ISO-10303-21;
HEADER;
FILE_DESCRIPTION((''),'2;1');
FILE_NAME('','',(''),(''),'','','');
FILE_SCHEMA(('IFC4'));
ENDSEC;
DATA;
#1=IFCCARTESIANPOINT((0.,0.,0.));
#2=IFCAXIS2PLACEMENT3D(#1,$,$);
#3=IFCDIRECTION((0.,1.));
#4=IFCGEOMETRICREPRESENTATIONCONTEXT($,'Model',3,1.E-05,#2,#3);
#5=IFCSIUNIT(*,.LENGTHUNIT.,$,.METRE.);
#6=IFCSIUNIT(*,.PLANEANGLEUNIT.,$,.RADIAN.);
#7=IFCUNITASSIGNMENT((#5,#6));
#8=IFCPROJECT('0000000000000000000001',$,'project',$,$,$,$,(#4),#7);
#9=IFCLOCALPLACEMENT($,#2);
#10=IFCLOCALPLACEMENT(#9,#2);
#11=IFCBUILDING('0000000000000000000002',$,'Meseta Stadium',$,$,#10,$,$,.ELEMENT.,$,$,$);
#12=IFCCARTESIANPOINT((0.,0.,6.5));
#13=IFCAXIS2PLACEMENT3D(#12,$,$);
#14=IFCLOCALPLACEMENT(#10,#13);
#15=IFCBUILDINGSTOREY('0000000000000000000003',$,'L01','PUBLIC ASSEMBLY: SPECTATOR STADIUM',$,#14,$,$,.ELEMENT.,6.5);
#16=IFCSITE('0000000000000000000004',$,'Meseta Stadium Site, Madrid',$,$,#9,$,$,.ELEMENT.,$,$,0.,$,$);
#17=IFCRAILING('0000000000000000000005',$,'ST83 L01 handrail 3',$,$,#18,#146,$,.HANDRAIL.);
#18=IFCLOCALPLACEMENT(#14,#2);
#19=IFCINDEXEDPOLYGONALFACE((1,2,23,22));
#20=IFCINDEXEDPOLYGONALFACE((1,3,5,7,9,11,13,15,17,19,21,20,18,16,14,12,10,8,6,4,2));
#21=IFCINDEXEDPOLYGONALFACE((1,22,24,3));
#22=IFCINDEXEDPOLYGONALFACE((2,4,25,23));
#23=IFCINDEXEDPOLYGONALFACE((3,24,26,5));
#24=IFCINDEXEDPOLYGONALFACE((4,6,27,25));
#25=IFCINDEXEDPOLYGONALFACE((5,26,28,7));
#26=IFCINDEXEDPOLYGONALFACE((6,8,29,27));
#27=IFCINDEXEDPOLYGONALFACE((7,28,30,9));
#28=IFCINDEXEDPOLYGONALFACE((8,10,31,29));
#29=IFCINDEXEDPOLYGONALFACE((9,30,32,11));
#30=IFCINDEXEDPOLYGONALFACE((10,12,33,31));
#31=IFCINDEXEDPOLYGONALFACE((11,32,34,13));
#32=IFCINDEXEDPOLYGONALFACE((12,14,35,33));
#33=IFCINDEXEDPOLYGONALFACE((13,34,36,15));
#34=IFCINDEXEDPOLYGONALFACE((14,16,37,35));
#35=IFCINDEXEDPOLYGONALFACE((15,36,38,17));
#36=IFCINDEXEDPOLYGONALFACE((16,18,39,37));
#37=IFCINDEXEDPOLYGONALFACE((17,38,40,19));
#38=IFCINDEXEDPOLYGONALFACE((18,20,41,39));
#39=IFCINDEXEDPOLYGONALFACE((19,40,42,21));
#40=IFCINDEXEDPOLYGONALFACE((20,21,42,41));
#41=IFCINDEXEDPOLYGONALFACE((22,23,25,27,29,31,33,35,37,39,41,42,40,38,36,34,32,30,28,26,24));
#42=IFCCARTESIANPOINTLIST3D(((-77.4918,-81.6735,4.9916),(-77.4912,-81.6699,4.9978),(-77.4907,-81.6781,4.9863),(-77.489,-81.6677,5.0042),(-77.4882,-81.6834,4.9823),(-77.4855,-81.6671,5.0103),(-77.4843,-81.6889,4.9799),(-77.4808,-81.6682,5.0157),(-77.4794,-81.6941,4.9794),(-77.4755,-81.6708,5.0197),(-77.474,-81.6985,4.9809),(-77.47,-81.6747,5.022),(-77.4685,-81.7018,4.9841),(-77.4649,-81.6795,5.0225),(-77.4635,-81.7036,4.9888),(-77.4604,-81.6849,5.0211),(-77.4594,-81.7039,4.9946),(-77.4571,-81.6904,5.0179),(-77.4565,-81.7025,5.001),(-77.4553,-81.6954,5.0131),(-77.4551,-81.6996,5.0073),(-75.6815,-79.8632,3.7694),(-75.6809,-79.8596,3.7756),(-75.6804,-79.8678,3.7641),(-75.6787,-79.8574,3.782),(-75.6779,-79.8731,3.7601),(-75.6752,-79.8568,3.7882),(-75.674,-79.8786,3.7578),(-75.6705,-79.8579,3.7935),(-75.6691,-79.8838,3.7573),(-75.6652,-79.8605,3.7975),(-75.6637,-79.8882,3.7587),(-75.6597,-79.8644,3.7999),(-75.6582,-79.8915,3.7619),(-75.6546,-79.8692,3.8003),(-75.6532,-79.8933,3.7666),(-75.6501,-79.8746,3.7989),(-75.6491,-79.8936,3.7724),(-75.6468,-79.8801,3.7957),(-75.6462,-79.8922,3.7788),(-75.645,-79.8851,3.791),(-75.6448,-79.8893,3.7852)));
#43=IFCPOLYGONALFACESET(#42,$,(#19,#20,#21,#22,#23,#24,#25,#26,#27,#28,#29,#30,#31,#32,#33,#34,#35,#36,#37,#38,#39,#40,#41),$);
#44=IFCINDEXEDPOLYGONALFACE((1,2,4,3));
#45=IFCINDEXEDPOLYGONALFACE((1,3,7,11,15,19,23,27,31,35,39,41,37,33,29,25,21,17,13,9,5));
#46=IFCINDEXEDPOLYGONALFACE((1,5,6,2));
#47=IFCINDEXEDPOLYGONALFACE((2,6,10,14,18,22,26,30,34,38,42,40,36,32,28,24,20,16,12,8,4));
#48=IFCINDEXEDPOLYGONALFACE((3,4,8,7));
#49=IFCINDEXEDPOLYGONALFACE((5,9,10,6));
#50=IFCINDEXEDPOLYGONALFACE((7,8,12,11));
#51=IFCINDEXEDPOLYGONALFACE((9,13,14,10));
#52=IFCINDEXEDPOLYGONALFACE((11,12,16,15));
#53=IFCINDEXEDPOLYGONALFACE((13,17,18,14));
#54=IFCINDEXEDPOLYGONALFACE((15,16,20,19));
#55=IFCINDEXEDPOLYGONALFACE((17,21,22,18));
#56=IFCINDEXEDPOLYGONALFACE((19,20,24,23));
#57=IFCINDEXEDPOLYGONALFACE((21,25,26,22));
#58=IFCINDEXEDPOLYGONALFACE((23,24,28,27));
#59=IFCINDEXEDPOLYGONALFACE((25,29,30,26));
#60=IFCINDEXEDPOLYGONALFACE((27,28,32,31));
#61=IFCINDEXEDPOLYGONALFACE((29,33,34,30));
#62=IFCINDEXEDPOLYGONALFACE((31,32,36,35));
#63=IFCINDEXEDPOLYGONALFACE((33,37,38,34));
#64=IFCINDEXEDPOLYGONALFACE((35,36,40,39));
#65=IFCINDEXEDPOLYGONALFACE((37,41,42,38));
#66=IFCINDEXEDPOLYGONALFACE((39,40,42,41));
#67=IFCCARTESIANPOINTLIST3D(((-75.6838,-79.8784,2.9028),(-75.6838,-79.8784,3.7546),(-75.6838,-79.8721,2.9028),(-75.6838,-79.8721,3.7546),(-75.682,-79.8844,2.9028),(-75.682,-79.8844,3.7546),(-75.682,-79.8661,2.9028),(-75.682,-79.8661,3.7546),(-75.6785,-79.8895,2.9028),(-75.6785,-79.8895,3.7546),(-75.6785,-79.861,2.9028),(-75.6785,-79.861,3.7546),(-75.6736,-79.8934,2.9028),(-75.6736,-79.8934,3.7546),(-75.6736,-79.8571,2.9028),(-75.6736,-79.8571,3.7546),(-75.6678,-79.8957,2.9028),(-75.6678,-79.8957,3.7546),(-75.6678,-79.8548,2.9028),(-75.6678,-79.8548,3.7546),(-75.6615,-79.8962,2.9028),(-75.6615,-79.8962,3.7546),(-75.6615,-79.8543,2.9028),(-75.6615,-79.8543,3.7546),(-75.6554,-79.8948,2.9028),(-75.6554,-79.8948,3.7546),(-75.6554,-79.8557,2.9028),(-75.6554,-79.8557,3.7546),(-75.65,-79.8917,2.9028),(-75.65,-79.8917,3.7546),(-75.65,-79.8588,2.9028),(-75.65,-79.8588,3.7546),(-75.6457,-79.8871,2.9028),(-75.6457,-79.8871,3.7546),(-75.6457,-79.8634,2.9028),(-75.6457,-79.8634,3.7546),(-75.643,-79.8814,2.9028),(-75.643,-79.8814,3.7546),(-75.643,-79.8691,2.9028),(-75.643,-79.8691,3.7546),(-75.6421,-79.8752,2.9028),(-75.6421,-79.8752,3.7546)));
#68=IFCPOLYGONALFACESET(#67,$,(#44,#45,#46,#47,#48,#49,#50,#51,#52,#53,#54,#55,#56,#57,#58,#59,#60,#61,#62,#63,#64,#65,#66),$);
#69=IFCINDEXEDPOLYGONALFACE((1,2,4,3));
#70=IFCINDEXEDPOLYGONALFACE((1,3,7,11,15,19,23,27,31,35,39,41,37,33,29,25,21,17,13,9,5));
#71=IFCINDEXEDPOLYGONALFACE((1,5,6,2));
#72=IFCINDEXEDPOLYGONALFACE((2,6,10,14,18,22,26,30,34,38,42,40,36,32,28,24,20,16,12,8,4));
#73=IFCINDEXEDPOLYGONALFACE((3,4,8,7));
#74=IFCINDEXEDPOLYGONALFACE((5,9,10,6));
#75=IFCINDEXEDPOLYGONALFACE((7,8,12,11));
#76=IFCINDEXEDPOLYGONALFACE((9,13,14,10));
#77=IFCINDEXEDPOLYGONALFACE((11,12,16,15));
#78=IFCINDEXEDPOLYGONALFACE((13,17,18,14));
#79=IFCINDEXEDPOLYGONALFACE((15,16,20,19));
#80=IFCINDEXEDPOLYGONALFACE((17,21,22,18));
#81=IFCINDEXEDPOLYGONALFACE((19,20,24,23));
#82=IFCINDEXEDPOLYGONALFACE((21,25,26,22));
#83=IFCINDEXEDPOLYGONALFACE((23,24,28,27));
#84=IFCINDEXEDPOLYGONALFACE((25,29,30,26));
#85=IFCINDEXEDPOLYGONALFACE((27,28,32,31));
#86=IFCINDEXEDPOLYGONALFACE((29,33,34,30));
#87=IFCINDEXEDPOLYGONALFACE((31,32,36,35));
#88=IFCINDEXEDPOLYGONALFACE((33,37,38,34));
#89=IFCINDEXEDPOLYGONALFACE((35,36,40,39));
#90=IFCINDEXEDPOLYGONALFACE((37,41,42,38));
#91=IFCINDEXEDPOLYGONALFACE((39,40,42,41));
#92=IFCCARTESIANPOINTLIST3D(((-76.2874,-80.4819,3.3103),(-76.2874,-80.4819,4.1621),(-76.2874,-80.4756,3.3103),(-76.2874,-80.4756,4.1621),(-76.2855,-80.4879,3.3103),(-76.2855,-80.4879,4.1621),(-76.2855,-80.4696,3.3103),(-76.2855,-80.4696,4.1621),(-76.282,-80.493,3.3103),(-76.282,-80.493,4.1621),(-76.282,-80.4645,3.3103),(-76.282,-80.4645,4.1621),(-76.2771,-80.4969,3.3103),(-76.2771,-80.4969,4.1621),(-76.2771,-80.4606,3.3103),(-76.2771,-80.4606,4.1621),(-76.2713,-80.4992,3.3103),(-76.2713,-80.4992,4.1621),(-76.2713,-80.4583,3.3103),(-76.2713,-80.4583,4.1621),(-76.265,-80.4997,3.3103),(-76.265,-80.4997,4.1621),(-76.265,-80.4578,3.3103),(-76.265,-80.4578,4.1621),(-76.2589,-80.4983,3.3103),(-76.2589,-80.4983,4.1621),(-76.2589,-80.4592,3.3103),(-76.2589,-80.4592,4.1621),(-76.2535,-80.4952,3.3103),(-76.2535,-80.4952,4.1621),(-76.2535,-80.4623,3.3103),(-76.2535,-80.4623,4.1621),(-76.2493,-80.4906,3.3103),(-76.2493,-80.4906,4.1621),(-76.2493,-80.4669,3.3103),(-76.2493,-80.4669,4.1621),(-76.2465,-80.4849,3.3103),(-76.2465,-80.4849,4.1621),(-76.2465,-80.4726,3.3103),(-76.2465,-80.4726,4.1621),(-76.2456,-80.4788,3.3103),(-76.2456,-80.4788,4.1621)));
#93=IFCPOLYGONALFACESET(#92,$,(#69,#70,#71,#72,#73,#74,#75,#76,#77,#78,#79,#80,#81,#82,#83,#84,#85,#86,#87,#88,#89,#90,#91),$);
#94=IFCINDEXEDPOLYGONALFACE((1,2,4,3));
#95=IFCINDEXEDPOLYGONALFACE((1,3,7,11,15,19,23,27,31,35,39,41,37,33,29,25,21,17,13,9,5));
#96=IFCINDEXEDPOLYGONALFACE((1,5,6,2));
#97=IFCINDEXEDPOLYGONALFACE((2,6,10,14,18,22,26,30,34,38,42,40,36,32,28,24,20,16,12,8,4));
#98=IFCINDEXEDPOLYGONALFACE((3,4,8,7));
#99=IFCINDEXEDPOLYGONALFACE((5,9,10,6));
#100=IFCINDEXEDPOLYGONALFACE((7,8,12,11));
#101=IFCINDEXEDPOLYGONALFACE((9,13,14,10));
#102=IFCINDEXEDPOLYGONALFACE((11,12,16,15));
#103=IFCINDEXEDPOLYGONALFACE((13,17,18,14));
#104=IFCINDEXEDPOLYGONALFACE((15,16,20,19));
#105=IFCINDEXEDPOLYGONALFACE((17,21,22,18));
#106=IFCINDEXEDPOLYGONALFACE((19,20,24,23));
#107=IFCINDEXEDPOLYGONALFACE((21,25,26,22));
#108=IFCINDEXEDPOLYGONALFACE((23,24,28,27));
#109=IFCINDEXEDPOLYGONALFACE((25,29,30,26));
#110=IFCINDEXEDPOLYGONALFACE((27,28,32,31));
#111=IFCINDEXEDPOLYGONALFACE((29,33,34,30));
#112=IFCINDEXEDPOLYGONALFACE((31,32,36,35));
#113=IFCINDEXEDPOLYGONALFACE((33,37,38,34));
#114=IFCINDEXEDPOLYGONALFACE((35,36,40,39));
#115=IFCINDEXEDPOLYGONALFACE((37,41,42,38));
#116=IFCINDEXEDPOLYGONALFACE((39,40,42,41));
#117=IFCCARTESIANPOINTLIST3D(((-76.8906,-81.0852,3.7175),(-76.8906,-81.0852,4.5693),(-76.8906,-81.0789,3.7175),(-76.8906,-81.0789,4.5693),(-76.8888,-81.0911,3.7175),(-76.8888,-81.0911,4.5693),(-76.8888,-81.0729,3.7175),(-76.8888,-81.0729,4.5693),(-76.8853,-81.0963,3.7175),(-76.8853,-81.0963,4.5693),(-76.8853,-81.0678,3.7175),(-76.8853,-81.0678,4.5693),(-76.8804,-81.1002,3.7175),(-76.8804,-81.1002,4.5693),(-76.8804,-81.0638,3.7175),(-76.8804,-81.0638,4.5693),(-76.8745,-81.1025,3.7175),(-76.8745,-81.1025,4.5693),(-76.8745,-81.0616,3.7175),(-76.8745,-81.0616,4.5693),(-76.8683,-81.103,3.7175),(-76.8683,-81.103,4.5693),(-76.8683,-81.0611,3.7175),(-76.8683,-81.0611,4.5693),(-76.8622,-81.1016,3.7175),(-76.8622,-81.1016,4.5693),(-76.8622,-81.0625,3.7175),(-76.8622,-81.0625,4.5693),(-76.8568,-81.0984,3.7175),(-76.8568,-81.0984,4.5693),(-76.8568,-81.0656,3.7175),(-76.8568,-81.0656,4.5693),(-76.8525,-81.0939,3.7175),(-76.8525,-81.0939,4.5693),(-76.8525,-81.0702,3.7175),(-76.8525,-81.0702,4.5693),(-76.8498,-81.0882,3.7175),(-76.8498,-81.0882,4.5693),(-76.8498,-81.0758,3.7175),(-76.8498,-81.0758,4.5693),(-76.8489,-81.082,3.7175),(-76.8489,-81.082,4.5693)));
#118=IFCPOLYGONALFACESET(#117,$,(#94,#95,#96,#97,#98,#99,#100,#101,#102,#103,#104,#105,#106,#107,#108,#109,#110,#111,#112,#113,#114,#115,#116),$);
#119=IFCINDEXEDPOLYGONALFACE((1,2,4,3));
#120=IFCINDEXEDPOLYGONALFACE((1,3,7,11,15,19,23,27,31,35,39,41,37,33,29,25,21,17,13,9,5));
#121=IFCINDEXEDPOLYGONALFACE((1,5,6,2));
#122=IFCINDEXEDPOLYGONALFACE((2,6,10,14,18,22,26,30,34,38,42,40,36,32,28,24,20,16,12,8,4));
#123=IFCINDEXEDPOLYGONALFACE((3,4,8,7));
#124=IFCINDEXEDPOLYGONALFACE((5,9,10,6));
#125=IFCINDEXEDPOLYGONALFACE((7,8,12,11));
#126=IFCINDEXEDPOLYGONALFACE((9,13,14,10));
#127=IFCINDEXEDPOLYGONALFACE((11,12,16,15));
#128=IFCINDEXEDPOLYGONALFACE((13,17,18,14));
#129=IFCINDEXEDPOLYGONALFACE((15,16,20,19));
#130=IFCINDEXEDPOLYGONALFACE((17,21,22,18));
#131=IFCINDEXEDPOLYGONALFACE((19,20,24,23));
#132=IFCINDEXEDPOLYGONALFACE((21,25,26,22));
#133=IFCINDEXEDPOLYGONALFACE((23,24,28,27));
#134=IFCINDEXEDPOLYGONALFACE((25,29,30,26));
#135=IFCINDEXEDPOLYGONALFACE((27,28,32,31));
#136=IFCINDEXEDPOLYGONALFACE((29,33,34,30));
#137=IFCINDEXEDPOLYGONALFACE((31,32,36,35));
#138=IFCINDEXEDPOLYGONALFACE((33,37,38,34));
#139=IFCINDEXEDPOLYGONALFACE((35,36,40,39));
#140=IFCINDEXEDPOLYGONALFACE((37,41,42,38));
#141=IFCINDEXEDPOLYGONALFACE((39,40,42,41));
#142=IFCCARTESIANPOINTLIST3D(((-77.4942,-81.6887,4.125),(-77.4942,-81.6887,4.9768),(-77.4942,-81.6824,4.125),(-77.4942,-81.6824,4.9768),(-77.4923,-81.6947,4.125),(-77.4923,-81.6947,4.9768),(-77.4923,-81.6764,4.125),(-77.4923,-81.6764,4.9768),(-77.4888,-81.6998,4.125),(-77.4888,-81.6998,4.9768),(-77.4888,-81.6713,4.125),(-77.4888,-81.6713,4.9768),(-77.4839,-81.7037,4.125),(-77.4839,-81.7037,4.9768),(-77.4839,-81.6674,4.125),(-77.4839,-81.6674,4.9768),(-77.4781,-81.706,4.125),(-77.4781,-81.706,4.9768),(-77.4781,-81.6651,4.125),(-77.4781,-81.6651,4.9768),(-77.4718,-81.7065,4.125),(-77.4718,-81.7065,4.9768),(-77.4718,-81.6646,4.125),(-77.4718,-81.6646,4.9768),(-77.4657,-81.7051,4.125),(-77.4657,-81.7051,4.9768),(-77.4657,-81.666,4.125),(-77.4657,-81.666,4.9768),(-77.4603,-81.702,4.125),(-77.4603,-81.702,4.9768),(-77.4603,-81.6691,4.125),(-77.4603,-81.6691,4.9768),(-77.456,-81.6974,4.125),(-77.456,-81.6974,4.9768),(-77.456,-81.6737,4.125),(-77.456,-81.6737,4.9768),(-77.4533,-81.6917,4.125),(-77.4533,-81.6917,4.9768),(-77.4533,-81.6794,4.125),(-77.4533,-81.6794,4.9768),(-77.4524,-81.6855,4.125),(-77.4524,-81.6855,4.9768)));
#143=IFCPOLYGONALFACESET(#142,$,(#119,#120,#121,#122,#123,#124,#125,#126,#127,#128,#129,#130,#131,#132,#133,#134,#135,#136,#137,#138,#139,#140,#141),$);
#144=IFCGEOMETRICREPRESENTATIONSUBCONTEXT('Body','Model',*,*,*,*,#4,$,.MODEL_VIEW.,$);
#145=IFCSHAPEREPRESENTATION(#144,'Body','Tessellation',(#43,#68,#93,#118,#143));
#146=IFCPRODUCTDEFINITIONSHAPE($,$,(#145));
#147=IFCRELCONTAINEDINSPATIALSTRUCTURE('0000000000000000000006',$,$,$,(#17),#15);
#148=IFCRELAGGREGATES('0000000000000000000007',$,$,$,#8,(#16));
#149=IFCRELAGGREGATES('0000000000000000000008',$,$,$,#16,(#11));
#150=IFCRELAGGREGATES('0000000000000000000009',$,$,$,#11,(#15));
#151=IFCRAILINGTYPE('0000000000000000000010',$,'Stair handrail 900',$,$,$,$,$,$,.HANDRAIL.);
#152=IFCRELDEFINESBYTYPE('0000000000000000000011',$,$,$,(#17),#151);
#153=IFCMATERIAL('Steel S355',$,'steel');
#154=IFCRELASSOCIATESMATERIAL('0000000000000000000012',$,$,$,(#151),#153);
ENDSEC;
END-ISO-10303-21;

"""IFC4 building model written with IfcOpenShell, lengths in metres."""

from ifc_helpers import new_model, si_unit, direction, frame, origin, origin_2d, place, context, subcontext, project, spatial, circle, extrude, material, type_object, element, save


model = new_model("IFC4")

# Units and contexts
model_context = context("Model", 3, precision=1e-05, world=origin(), true_north=direction((0.0, 1.0)))
body_context = subcontext(model_context, "Body", "Model", "MODEL_VIEW")
ifc_project = project(units=[si_unit("LENGTHUNIT", "METRE"), si_unit("PLANEANGLEUNIT", "RADIAN")], contexts=[model_context])

# Site, building, storey
site_placement = place(None, origin())
site = spatial("IfcSite", under=ifc_project, at=site_placement, Name="Meseta Stadium Site, Madrid", CompositionType="ELEMENT", RefElevation=0.0)
building_placement = place(site_placement, origin())
building = spatial("IfcBuilding", under=site, at=building_placement, Name="Meseta Stadium", CompositionType="ELEMENT")
storey_placement = place(building_placement, frame((0.0, 0.0, 6.5)))
storey = spatial("IfcBuildingStorey", under=building, at=storey_placement, Name="L01", Description="PUBLIC ASSEMBLY: SPECTATOR STADIUM", CompositionType="ELEMENT", Elevation=6.5)

# Railing
ifc_material_1 = material(Name="Steel S355", Category="steel")
railing_type_1 = type_object("IfcRailingType", Name="Stair handrail 900", PredefinedType="HANDRAIL", material=ifc_material_1)
for number, where, name in (
    (1, (-75.6631, -79.8752, 2.9028), "ST83 L01 handrail 3"),
):
    element("IfcRailing", number, at=place(storey_placement, frame(where)), inside=storey, type_object=railing_type_1, Name=name, PredefinedType="HANDRAIL", context=body_context, shape_type="SweptSolid", body=[
        extrude(circle(Radius=0.0239, at=origin_2d()), frame((0.0, 0.0, 0.876), z_axis=(-0.638124, -0.638124, 0.430809), x_axis=(0.707107, -0.707107, 0.0)), (0.0, 0.0, 1.0), 2.8369),
        extrude(circle(Radius=0.021, at=origin_2d()), origin(), (0.0, 0.0, 1.0), 0.8518),
        extrude(circle(Radius=0.021, at=origin_2d()), frame((-0.6035, -0.6035, 0.4075)), (0.0, 0.0, 1.0), 0.8518),
        extrude(circle(Radius=0.021, at=origin_2d()), frame((-1.2068, -1.2068, 0.8147)), (0.0, 0.0, 1.0), 0.8518),
        extrude(circle(Radius=0.021, at=origin_2d()), frame((-1.8103, -1.8103, 1.2222)), (0.0, 0.0, 1.0), 0.8518),
    ])

save(model, "model.ifc")
